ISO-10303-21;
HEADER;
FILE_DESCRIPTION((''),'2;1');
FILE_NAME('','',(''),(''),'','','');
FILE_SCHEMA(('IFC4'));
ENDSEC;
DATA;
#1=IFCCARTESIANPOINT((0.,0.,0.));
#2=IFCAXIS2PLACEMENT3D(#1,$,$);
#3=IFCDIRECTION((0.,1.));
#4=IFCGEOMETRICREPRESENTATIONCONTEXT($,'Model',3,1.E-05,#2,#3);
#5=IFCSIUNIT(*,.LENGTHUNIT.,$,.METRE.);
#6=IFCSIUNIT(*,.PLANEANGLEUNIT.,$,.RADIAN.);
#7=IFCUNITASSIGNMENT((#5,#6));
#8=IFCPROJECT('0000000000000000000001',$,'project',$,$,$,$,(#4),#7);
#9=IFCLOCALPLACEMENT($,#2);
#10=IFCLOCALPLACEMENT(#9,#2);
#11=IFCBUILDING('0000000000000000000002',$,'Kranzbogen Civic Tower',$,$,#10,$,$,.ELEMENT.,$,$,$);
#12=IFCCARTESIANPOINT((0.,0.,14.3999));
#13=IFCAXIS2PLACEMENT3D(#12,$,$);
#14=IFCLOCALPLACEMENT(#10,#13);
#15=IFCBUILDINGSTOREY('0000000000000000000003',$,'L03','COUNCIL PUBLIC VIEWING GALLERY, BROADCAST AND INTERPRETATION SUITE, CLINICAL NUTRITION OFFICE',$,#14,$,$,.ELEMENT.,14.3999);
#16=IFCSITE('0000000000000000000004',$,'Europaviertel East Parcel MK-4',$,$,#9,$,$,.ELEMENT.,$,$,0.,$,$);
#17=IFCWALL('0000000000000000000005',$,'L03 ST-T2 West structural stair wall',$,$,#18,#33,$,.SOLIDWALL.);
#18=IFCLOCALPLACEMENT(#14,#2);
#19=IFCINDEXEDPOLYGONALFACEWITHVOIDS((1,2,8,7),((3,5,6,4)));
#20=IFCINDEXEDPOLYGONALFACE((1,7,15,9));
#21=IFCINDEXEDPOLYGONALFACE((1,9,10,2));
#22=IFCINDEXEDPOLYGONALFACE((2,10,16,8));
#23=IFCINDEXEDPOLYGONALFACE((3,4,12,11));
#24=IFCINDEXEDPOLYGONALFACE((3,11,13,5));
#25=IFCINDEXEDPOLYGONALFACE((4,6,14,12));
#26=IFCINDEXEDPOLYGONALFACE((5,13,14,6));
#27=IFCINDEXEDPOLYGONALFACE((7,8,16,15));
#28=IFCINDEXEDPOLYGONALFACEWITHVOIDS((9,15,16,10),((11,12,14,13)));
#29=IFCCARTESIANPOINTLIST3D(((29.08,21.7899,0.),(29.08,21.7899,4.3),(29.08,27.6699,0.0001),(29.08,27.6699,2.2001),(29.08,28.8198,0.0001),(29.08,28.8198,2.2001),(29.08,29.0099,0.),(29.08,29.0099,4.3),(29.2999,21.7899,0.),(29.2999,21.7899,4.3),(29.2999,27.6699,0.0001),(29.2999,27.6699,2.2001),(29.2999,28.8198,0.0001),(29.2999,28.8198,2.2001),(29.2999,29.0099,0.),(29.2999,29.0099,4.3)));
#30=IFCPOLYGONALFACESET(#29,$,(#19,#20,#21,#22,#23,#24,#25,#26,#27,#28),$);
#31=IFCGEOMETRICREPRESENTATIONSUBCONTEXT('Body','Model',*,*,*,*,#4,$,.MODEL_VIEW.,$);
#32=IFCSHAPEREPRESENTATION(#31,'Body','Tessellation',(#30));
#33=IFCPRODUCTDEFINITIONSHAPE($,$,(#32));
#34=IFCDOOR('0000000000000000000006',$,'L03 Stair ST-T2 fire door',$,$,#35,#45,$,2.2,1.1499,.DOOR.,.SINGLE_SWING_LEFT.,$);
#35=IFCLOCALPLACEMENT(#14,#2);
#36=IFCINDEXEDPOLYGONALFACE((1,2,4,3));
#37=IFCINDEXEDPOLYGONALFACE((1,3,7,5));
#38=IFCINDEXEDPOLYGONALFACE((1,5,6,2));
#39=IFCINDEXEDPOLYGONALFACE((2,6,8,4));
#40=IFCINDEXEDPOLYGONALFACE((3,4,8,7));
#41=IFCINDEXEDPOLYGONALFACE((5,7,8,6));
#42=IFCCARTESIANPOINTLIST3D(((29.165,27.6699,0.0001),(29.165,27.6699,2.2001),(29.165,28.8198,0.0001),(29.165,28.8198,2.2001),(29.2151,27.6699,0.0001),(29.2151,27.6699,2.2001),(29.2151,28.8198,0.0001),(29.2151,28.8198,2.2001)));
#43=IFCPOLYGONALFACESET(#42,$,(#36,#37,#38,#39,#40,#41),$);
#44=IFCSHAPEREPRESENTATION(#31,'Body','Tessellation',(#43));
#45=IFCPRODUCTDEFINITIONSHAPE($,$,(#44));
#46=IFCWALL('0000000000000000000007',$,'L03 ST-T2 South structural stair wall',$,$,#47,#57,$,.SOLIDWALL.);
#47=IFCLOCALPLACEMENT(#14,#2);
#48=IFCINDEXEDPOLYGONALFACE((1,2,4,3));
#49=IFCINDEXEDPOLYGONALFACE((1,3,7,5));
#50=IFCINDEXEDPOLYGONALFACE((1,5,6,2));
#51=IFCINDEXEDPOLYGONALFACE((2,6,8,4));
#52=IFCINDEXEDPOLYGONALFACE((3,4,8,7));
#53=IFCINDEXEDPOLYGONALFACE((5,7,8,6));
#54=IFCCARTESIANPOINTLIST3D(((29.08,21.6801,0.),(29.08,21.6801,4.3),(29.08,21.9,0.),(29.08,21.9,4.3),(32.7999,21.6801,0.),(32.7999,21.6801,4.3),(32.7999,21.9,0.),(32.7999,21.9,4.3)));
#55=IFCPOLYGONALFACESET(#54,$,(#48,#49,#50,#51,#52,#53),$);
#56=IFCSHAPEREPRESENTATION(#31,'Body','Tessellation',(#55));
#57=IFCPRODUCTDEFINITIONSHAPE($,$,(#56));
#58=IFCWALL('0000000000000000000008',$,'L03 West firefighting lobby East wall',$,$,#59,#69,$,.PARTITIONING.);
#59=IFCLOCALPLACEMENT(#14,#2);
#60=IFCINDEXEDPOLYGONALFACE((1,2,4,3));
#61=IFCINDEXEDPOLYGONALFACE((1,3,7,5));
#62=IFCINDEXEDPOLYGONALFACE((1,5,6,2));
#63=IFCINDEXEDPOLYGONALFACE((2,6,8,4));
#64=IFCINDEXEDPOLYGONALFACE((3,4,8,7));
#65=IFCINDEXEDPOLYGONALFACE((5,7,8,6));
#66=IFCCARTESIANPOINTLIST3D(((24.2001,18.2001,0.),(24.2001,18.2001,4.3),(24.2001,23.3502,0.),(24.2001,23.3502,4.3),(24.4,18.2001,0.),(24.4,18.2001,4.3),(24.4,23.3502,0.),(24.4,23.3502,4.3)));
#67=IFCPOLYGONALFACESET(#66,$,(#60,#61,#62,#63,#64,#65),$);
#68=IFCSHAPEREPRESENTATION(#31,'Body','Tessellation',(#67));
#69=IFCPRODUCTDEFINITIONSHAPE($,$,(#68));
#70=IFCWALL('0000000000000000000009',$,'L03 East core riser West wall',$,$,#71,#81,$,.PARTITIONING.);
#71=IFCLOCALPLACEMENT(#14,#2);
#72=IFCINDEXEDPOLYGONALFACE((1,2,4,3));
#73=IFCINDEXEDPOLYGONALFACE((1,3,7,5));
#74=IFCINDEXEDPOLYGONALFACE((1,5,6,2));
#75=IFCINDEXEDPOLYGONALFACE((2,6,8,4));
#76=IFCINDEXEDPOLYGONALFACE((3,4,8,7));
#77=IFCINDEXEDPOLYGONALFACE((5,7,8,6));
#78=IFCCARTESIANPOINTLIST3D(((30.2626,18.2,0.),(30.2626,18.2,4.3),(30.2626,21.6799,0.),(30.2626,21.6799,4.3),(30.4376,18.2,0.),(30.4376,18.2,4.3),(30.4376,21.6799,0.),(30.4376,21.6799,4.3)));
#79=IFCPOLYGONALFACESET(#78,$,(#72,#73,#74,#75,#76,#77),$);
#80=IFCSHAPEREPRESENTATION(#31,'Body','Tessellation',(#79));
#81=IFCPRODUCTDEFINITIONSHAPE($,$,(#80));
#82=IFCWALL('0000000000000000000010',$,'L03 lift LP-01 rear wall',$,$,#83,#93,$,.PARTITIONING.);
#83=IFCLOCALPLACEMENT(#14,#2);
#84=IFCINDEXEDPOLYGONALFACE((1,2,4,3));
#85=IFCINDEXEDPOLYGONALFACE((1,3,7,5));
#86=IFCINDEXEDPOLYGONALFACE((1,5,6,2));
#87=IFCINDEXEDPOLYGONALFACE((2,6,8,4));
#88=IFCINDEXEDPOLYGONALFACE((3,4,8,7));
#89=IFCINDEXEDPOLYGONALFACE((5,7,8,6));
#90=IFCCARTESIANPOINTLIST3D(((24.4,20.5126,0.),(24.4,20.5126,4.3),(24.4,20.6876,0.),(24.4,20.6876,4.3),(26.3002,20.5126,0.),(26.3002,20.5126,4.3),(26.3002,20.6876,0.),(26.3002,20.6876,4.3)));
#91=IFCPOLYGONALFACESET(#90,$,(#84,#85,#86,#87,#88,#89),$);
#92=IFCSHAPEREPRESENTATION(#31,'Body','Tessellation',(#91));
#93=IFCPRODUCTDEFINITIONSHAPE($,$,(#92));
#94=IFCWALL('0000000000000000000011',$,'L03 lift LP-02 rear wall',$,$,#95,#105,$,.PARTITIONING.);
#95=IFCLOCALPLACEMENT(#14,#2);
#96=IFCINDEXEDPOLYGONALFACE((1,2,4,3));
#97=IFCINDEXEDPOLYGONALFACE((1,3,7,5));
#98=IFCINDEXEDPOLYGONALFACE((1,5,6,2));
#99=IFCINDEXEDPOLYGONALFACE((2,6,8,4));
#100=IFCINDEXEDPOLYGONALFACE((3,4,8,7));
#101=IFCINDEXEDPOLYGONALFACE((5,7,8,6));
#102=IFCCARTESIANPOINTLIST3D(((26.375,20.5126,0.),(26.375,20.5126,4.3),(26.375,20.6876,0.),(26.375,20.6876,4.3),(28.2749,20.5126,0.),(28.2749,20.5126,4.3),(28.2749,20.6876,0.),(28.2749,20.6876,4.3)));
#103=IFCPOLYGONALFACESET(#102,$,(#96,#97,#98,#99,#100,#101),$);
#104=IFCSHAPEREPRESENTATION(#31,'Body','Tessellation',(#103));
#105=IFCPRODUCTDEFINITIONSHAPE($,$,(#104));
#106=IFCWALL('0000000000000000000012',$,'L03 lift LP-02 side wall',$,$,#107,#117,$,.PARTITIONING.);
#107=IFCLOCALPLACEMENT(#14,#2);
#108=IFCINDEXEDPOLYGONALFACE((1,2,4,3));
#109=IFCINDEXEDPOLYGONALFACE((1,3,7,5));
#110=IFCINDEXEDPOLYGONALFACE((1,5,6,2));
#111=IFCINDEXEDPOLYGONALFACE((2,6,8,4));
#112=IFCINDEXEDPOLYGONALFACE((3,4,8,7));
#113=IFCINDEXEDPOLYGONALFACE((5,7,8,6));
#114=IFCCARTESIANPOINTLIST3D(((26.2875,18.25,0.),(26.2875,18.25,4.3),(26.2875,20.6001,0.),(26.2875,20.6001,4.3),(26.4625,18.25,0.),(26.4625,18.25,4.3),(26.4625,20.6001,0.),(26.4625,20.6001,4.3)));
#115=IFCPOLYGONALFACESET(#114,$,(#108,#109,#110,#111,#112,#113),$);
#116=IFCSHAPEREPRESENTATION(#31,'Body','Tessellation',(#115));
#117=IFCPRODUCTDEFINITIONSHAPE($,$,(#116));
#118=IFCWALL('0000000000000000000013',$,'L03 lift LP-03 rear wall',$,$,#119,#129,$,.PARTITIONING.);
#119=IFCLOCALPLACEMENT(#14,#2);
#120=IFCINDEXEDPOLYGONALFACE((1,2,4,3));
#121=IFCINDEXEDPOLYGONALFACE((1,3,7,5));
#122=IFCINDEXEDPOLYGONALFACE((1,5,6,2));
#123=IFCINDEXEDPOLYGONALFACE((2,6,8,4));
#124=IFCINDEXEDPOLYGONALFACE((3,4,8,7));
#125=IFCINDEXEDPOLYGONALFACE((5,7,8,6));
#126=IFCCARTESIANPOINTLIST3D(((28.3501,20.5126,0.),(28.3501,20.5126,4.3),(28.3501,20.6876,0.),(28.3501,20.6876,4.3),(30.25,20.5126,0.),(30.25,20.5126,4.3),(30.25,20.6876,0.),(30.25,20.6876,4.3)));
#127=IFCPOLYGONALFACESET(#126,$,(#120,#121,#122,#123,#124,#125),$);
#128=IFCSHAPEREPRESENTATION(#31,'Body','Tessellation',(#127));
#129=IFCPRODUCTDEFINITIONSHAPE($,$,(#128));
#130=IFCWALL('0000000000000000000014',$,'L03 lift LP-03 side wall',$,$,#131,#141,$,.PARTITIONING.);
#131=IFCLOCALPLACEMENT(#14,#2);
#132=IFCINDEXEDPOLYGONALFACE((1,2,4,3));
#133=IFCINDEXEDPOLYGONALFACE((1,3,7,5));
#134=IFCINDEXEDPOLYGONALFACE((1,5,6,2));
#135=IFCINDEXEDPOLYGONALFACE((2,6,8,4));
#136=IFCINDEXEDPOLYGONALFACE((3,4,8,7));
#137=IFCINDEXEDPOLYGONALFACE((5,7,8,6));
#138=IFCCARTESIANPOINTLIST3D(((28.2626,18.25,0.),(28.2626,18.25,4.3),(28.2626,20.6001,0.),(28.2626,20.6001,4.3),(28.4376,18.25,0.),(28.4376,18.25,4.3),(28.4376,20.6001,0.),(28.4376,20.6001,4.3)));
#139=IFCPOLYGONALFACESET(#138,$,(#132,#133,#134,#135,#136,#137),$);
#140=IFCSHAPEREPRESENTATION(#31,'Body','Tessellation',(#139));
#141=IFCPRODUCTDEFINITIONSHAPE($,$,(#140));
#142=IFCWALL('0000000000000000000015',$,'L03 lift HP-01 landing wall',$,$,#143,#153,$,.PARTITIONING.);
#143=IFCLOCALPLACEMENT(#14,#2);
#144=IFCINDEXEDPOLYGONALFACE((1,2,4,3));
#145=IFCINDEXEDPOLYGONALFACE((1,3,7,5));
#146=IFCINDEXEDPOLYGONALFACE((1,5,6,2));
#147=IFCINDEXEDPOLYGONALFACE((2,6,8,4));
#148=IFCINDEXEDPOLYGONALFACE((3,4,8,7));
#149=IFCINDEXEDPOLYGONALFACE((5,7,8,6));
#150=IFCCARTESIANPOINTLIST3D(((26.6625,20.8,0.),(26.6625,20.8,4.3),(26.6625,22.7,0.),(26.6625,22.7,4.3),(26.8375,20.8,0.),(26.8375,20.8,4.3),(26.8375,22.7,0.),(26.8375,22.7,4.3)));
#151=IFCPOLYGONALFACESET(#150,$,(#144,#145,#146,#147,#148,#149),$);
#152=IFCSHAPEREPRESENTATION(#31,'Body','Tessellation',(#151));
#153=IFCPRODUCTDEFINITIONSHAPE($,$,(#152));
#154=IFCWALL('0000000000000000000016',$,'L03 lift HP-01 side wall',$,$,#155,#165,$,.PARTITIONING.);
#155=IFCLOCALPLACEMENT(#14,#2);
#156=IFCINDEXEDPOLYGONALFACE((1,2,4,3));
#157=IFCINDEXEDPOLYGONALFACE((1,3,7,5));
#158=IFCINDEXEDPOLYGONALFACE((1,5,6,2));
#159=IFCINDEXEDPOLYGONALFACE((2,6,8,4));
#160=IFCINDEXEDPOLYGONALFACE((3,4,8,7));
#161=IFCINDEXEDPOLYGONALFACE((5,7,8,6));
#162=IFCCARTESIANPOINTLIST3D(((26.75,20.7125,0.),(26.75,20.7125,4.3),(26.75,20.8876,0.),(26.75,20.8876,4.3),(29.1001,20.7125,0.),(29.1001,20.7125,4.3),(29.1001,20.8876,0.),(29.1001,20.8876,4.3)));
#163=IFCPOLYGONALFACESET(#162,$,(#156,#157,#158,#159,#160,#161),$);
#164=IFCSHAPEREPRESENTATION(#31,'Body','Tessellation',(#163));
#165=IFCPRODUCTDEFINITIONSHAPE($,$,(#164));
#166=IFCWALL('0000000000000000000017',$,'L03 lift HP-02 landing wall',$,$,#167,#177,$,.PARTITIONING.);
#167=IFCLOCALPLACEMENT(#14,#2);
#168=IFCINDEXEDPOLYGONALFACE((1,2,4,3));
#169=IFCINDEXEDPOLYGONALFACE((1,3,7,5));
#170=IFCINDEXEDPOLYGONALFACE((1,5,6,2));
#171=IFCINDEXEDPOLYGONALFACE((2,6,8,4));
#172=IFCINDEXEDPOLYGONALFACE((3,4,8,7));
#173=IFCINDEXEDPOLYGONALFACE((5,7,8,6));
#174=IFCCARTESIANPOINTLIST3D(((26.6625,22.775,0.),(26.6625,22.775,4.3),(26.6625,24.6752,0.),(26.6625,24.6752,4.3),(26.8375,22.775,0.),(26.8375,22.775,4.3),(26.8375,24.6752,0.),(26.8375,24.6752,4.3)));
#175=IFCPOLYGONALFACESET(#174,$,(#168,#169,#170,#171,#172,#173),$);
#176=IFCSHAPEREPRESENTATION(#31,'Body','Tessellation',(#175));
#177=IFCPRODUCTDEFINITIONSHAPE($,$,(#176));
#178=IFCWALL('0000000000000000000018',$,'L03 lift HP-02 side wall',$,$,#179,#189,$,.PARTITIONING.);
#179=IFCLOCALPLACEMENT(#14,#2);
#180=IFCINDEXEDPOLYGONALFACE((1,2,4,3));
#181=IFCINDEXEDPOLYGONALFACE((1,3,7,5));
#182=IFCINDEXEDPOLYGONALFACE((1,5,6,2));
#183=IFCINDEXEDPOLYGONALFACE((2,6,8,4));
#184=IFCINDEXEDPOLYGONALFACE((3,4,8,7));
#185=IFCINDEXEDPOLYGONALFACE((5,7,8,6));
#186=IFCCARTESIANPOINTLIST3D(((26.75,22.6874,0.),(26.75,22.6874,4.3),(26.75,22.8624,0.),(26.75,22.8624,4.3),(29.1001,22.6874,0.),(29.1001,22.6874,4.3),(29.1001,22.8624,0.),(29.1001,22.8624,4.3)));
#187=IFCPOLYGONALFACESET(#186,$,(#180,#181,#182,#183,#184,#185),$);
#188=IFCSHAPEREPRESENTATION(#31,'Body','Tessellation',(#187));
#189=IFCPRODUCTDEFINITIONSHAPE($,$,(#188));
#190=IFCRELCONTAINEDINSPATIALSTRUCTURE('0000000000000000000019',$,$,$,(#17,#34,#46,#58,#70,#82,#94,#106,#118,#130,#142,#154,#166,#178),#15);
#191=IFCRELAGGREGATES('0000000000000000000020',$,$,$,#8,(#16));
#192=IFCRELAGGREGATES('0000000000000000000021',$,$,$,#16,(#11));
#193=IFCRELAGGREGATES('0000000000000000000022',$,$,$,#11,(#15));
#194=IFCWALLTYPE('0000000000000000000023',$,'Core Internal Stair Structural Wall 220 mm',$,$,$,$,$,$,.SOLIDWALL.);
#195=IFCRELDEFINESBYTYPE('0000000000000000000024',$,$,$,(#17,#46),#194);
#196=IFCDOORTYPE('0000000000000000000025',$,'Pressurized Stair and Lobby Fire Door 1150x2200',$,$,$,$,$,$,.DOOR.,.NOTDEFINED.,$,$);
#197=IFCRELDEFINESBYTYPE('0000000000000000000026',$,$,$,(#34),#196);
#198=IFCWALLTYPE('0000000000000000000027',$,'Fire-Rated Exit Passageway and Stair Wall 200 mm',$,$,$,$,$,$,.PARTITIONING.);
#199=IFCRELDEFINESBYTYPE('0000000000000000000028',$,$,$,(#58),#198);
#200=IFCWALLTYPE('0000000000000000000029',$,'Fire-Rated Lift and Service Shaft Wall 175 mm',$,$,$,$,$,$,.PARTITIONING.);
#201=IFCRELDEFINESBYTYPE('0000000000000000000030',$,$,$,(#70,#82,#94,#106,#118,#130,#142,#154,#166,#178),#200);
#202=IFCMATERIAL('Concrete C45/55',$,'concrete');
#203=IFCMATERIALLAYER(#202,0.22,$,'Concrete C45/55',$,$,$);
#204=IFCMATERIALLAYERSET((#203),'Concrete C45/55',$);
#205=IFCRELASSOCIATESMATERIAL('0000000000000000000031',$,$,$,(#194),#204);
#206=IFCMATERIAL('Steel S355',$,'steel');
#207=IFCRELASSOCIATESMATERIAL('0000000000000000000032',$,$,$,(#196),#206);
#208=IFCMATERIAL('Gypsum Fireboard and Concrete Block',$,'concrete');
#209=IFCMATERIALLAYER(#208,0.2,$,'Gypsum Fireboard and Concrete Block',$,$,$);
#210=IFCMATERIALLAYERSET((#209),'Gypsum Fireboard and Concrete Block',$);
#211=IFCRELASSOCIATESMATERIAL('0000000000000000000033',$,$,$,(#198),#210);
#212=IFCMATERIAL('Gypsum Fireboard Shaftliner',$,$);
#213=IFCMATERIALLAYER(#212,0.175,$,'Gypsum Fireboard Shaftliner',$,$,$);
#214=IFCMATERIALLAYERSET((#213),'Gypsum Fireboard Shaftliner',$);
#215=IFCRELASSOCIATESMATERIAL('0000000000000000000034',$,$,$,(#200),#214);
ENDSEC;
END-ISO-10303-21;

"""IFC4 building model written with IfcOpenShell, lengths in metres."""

from ifc_helpers import new_model, si_unit, direction, frame, frame_2d, origin, place, context, subcontext, project, spatial, rectangle, extrude, material, layer, layer_set, type_object, element, fill, save


model = new_model("IFC4")

# Units and contexts
model_context = context("Model", 3, precision=1e-05, world=origin(), true_north=direction((0.0, 1.0)))
body_context = subcontext(model_context, "Body", "Model", "MODEL_VIEW")
ifc_project = project(units=[si_unit("LENGTHUNIT", "METRE"), si_unit("PLANEANGLEUNIT", "RADIAN")], contexts=[model_context])

# Site, building, storey
site_placement = place(None, origin())
site = spatial("IfcSite", under=ifc_project, at=site_placement, Name="Europaviertel East Parcel MK-4", CompositionType="ELEMENT", RefElevation=0.0)
building_placement = place(site_placement, origin())
building = spatial("IfcBuilding", under=site, at=building_placement, Name="Kranzbogen Civic Tower", CompositionType="ELEMENT")
storey_placement = place(building_placement, frame((0.0, 0.0, 14.3999)))
storey = spatial("IfcBuildingStorey", under=building, at=storey_placement, Name="L03", Description="COUNCIL PUBLIC VIEWING GALLERY, BROADCAST AND INTERPRETATION SUITE, CLINICAL NUTRITION OFFICE", CompositionType="ELEMENT", Elevation=14.3999)

# Shared definitions
ifc_material_1 = material(Name="Steel S355", Category="steel")

# Wall, opening, door
ifc_material_2 = material(Name="Concrete C45/55", Category="concrete")
ifc_layer_1 = layer(ifc_material_2, 0.22, Name="Concrete C45/55")
ifc_layer_set_1 = layer_set([ifc_layer_1], Name="Concrete C45/55")
wall_type_1 = type_object("IfcWallType", Name="Core Internal Stair Structural Wall 220 mm", PredefinedType="SOLIDWALL", material=ifc_layer_set_1)
door_type_1 = type_object("IfcDoorType", Name="Pressurized Stair and Lobby Fire Door 1150x2200", OperationType="NOTDEFINED", PredefinedType="DOOR", material=ifc_material_1)
wall_1_placement = place(storey_placement, frame((29.1899, 21.79, 0.0), z_axis=(0.0, 0.0, 1.0), x_axis=(0.0, 1.0, 0.0)))
wall_1 = element("IfcWall", 1, at=wall_1_placement, inside=storey, type_object=wall_type_1, Name="L03 ST-T2 West structural stair wall", PredefinedType="SOLIDWALL", context=body_context, shape_type="SweptSolid", body=[
    extrude(rectangle(XDim=7.22, YDim=0.22, at=frame_2d((3.6099, 0.0))), origin(), (0.0, 0.0, 1.0), 4.3),
])
opening_1_placement = place(wall_1_placement, frame((5.8799, 0.0, 0.0)))
opening_1 = element("IfcOpeningElement", 2, at=opening_1_placement, cuts=wall_1, PredefinedType="OPENING", context=body_context, shape_type="SweptSolid", body=[
    extrude(rectangle(XDim=1.1499, YDim=2.2, at=frame_2d((0.575, 1.1001))), frame((0.0, 0.1201, 0.0), z_axis=(0.0, -1.0, 0.0), x_axis=(1.0, 0.0, 0.0)), (0.0, 0.0, 1.0), 0.24),
])
door_1_placement = place(opening_1_placement, origin())
door_1 = element("IfcDoor", 3, at=door_1_placement, inside=storey, type_object=door_type_1, Name="L03 Stair ST-T2 fire door", OperationType="SINGLE_SWING_LEFT", OverallHeight=2.2, OverallWidth=1.1499, PredefinedType="DOOR", context=body_context, shape_type="SweptSolid", body=[
    extrude(rectangle(XDim=1.1499, YDim=2.2, at=frame_2d((0.575, 1.1001))), frame((0.0, 0.0249, 0.0), z_axis=(0.0, -1.0, 0.0), x_axis=(1.0, 0.0, 0.0)), (0.0, 0.0, 1.0), 0.05),
])
fill(opening_1, door_1)

# Walls
wall_2_placement = place(storey_placement, frame((29.0801, 21.79, 0.0), z_axis=(0.0, 0.0, 1.0), x_axis=(1.0, 0.0, 0.0)))
element("IfcWall", 4, at=wall_2_placement, inside=storey, type_object=wall_type_1, Name="L03 ST-T2 South structural stair wall", PredefinedType="SOLIDWALL", context=body_context, shape_type="SweptSolid", body=[
    extrude(rectangle(XDim=3.72, YDim=0.22, at=frame_2d((1.8599, 0.0))), origin(), (0.0, 0.0, 1.0), 4.3),
])
ifc_material_3 = material(Name="Gypsum Fireboard and Concrete Block", Category="concrete")
ifc_layer_2 = layer(ifc_material_3, 0.2, Name="Gypsum Fireboard and Concrete Block")
ifc_layer_set_2 = layer_set([ifc_layer_2], Name="Gypsum Fireboard and Concrete Block")
wall_type_2 = type_object("IfcWallType", Name="Fire-Rated Exit Passageway and Stair Wall 200 mm", PredefinedType="PARTITIONING", material=ifc_layer_set_2)
wall_3_placement = place(storey_placement, frame((24.3, 18.2, 0.0), z_axis=(0.0, 0.0, 1.0), x_axis=(0.0, 1.0, 0.0)))
element("IfcWall", 5, at=wall_3_placement, inside=storey, type_object=wall_type_2, Name="L03 West firefighting lobby East wall", PredefinedType="PARTITIONING", context=body_context, shape_type="SweptSolid", body=[
    extrude(rectangle(XDim=5.1501, YDim=0.2, at=frame_2d((2.5752, 0.0))), origin(), (0.0, 0.0, 1.0), 4.3),
])
ifc_material_4 = material(Name="Gypsum Fireboard Shaftliner")
ifc_layer_3 = layer(ifc_material_4, 0.175, Name="Gypsum Fireboard Shaftliner")
ifc_layer_set_3 = layer_set([ifc_layer_3], Name="Gypsum Fireboard Shaftliner")
wall_type_3 = type_object("IfcWallType", Name="Fire-Rated Lift and Service Shaft Wall 175 mm", PredefinedType="PARTITIONING", material=ifc_layer_set_3)
wall_4_placement = place(storey_placement, frame((30.3501, 18.2, 0.0), z_axis=(0.0, 0.0, 1.0), x_axis=(0.0, 1.0, 0.0)))
element("IfcWall", 6, at=wall_4_placement, inside=storey, type_object=wall_type_3, Name="L03 East core riser West wall", PredefinedType="PARTITIONING", context=body_context, shape_type="SweptSolid", body=[
    extrude(rectangle(XDim=3.48, YDim=0.175, at=frame_2d((1.74, 0.0))), origin(), (0.0, 0.0, 1.0), 4.3),
])
wall_5_placement = place(storey_placement, frame((24.3999, 20.6001, 0.0), z_axis=(0.0, 0.0, 1.0), x_axis=(1.0, 0.0, 0.0)))
element("IfcWall", 7, at=wall_5_placement, inside=storey, type_object=wall_type_3, Name="L03 lift LP-01 rear wall", PredefinedType="PARTITIONING", context=body_context, shape_type="SweptSolid", body=[
    extrude(rectangle(XDim=1.9001, YDim=0.175, at=frame_2d((0.9502, 0.0))), origin(), (0.0, 0.0, 1.0), 4.3),
])
wall_6_placement = place(storey_placement, frame((26.375, 20.6001, 0.0), z_axis=(0.0, 0.0, 1.0), x_axis=(1.0, 0.0, 0.0)))
element("IfcWall", 8, at=wall_6_placement, inside=storey, type_object=wall_type_3, Name="L03 lift LP-02 rear wall", PredefinedType="PARTITIONING", context=body_context, shape_type="SweptSolid", body=[
    extrude(rectangle(XDim=1.8999, YDim=0.175, at=frame_2d((0.95, 0.0))), origin(), (0.0, 0.0, 1.0), 4.3),
])
wall_7_placement = place(storey_placement, frame((26.375, 18.25, 0.0), z_axis=(0.0, 0.0, 1.0), x_axis=(0.0, 1.0, 0.0)))
element("IfcWall", 9, at=wall_7_placement, inside=storey, type_object=wall_type_3, Name="L03 lift LP-02 side wall", PredefinedType="PARTITIONING", context=body_context, shape_type="SweptSolid", body=[
    extrude(rectangle(XDim=2.3501, YDim=0.175, at=frame_2d((1.175, 0.0))), origin(), (0.0, 0.0, 1.0), 4.3),
])
wall_8_placement = place(storey_placement, frame((28.3501, 20.6001, 0.0), z_axis=(0.0, 0.0, 1.0), x_axis=(1.0, 0.0, 0.0)))
element("IfcWall", 10, at=wall_8_placement, inside=storey, type_object=wall_type_3, Name="L03 lift LP-03 rear wall", PredefinedType="PARTITIONING", context=body_context, shape_type="SweptSolid", body=[
    extrude(rectangle(XDim=1.8999, YDim=0.175, at=frame_2d((0.95, 0.0))), origin(), (0.0, 0.0, 1.0), 4.3),
])
wall_9_placement = place(storey_placement, frame((28.3501, 18.25, 0.0), z_axis=(0.0, 0.0, 1.0), x_axis=(0.0, 1.0, 0.0)))
element("IfcWall", 11, at=wall_9_placement, inside=storey, type_object=wall_type_3, Name="L03 lift LP-03 side wall", PredefinedType="PARTITIONING", context=body_context, shape_type="SweptSolid", body=[
    extrude(rectangle(XDim=2.3501, YDim=0.175, at=frame_2d((1.175, 0.0))), origin(), (0.0, 0.0, 1.0), 4.3),
])
wall_10_placement = place(storey_placement, frame((26.75, 20.8, 0.0), z_axis=(0.0, 0.0, 1.0), x_axis=(0.0, 1.0, 0.0)))
element("IfcWall", 12, at=wall_10_placement, inside=storey, type_object=wall_type_3, Name="L03 lift HP-01 landing wall", PredefinedType="PARTITIONING", context=body_context, shape_type="SweptSolid", body=[
    extrude(rectangle(XDim=1.8999, YDim=0.175, at=frame_2d((0.95, 0.0))), origin(), (0.0, 0.0, 1.0), 4.3),
])
wall_11_placement = place(storey_placement, frame((26.75, 20.8, 0.0), z_axis=(0.0, 0.0, 1.0), x_axis=(1.0, 0.0, 0.0)))
element("IfcWall", 13, at=wall_11_placement, inside=storey, type_object=wall_type_3, Name="L03 lift HP-01 side wall", PredefinedType="PARTITIONING", context=body_context, shape_type="SweptSolid", body=[
    extrude(rectangle(XDim=2.3501, YDim=0.175, at=frame_2d((1.175, 0.0))), origin(), (0.0, 0.0, 1.0), 4.3),
])
wall_12_placement = place(storey_placement, frame((26.75, 22.7749, 0.0), z_axis=(0.0, 0.0, 1.0), x_axis=(0.0, 1.0, 0.0)))
element("IfcWall", 14, at=wall_12_placement, inside=storey, type_object=wall_type_3, Name="L03 lift HP-02 landing wall", PredefinedType="PARTITIONING", context=body_context, shape_type="SweptSolid", body=[
    extrude(rectangle(XDim=1.9001, YDim=0.175, at=frame_2d((0.9502, 0.0))), origin(), (0.0, 0.0, 1.0), 4.3),
])
wall_13_placement = place(storey_placement, frame((26.75, 22.7749, 0.0), z_axis=(0.0, 0.0, 1.0), x_axis=(1.0, 0.0, 0.0)))
element("IfcWall", 15, at=wall_13_placement, inside=storey, type_object=wall_type_3, Name="L03 lift HP-02 side wall", PredefinedType="PARTITIONING", context=body_context, shape_type="SweptSolid", body=[
    extrude(rectangle(XDim=2.3501, YDim=0.175, at=frame_2d((1.175, 0.0))), origin(), (0.0, 0.0, 1.0), 4.3),
])

save(model, "model.ifc")
